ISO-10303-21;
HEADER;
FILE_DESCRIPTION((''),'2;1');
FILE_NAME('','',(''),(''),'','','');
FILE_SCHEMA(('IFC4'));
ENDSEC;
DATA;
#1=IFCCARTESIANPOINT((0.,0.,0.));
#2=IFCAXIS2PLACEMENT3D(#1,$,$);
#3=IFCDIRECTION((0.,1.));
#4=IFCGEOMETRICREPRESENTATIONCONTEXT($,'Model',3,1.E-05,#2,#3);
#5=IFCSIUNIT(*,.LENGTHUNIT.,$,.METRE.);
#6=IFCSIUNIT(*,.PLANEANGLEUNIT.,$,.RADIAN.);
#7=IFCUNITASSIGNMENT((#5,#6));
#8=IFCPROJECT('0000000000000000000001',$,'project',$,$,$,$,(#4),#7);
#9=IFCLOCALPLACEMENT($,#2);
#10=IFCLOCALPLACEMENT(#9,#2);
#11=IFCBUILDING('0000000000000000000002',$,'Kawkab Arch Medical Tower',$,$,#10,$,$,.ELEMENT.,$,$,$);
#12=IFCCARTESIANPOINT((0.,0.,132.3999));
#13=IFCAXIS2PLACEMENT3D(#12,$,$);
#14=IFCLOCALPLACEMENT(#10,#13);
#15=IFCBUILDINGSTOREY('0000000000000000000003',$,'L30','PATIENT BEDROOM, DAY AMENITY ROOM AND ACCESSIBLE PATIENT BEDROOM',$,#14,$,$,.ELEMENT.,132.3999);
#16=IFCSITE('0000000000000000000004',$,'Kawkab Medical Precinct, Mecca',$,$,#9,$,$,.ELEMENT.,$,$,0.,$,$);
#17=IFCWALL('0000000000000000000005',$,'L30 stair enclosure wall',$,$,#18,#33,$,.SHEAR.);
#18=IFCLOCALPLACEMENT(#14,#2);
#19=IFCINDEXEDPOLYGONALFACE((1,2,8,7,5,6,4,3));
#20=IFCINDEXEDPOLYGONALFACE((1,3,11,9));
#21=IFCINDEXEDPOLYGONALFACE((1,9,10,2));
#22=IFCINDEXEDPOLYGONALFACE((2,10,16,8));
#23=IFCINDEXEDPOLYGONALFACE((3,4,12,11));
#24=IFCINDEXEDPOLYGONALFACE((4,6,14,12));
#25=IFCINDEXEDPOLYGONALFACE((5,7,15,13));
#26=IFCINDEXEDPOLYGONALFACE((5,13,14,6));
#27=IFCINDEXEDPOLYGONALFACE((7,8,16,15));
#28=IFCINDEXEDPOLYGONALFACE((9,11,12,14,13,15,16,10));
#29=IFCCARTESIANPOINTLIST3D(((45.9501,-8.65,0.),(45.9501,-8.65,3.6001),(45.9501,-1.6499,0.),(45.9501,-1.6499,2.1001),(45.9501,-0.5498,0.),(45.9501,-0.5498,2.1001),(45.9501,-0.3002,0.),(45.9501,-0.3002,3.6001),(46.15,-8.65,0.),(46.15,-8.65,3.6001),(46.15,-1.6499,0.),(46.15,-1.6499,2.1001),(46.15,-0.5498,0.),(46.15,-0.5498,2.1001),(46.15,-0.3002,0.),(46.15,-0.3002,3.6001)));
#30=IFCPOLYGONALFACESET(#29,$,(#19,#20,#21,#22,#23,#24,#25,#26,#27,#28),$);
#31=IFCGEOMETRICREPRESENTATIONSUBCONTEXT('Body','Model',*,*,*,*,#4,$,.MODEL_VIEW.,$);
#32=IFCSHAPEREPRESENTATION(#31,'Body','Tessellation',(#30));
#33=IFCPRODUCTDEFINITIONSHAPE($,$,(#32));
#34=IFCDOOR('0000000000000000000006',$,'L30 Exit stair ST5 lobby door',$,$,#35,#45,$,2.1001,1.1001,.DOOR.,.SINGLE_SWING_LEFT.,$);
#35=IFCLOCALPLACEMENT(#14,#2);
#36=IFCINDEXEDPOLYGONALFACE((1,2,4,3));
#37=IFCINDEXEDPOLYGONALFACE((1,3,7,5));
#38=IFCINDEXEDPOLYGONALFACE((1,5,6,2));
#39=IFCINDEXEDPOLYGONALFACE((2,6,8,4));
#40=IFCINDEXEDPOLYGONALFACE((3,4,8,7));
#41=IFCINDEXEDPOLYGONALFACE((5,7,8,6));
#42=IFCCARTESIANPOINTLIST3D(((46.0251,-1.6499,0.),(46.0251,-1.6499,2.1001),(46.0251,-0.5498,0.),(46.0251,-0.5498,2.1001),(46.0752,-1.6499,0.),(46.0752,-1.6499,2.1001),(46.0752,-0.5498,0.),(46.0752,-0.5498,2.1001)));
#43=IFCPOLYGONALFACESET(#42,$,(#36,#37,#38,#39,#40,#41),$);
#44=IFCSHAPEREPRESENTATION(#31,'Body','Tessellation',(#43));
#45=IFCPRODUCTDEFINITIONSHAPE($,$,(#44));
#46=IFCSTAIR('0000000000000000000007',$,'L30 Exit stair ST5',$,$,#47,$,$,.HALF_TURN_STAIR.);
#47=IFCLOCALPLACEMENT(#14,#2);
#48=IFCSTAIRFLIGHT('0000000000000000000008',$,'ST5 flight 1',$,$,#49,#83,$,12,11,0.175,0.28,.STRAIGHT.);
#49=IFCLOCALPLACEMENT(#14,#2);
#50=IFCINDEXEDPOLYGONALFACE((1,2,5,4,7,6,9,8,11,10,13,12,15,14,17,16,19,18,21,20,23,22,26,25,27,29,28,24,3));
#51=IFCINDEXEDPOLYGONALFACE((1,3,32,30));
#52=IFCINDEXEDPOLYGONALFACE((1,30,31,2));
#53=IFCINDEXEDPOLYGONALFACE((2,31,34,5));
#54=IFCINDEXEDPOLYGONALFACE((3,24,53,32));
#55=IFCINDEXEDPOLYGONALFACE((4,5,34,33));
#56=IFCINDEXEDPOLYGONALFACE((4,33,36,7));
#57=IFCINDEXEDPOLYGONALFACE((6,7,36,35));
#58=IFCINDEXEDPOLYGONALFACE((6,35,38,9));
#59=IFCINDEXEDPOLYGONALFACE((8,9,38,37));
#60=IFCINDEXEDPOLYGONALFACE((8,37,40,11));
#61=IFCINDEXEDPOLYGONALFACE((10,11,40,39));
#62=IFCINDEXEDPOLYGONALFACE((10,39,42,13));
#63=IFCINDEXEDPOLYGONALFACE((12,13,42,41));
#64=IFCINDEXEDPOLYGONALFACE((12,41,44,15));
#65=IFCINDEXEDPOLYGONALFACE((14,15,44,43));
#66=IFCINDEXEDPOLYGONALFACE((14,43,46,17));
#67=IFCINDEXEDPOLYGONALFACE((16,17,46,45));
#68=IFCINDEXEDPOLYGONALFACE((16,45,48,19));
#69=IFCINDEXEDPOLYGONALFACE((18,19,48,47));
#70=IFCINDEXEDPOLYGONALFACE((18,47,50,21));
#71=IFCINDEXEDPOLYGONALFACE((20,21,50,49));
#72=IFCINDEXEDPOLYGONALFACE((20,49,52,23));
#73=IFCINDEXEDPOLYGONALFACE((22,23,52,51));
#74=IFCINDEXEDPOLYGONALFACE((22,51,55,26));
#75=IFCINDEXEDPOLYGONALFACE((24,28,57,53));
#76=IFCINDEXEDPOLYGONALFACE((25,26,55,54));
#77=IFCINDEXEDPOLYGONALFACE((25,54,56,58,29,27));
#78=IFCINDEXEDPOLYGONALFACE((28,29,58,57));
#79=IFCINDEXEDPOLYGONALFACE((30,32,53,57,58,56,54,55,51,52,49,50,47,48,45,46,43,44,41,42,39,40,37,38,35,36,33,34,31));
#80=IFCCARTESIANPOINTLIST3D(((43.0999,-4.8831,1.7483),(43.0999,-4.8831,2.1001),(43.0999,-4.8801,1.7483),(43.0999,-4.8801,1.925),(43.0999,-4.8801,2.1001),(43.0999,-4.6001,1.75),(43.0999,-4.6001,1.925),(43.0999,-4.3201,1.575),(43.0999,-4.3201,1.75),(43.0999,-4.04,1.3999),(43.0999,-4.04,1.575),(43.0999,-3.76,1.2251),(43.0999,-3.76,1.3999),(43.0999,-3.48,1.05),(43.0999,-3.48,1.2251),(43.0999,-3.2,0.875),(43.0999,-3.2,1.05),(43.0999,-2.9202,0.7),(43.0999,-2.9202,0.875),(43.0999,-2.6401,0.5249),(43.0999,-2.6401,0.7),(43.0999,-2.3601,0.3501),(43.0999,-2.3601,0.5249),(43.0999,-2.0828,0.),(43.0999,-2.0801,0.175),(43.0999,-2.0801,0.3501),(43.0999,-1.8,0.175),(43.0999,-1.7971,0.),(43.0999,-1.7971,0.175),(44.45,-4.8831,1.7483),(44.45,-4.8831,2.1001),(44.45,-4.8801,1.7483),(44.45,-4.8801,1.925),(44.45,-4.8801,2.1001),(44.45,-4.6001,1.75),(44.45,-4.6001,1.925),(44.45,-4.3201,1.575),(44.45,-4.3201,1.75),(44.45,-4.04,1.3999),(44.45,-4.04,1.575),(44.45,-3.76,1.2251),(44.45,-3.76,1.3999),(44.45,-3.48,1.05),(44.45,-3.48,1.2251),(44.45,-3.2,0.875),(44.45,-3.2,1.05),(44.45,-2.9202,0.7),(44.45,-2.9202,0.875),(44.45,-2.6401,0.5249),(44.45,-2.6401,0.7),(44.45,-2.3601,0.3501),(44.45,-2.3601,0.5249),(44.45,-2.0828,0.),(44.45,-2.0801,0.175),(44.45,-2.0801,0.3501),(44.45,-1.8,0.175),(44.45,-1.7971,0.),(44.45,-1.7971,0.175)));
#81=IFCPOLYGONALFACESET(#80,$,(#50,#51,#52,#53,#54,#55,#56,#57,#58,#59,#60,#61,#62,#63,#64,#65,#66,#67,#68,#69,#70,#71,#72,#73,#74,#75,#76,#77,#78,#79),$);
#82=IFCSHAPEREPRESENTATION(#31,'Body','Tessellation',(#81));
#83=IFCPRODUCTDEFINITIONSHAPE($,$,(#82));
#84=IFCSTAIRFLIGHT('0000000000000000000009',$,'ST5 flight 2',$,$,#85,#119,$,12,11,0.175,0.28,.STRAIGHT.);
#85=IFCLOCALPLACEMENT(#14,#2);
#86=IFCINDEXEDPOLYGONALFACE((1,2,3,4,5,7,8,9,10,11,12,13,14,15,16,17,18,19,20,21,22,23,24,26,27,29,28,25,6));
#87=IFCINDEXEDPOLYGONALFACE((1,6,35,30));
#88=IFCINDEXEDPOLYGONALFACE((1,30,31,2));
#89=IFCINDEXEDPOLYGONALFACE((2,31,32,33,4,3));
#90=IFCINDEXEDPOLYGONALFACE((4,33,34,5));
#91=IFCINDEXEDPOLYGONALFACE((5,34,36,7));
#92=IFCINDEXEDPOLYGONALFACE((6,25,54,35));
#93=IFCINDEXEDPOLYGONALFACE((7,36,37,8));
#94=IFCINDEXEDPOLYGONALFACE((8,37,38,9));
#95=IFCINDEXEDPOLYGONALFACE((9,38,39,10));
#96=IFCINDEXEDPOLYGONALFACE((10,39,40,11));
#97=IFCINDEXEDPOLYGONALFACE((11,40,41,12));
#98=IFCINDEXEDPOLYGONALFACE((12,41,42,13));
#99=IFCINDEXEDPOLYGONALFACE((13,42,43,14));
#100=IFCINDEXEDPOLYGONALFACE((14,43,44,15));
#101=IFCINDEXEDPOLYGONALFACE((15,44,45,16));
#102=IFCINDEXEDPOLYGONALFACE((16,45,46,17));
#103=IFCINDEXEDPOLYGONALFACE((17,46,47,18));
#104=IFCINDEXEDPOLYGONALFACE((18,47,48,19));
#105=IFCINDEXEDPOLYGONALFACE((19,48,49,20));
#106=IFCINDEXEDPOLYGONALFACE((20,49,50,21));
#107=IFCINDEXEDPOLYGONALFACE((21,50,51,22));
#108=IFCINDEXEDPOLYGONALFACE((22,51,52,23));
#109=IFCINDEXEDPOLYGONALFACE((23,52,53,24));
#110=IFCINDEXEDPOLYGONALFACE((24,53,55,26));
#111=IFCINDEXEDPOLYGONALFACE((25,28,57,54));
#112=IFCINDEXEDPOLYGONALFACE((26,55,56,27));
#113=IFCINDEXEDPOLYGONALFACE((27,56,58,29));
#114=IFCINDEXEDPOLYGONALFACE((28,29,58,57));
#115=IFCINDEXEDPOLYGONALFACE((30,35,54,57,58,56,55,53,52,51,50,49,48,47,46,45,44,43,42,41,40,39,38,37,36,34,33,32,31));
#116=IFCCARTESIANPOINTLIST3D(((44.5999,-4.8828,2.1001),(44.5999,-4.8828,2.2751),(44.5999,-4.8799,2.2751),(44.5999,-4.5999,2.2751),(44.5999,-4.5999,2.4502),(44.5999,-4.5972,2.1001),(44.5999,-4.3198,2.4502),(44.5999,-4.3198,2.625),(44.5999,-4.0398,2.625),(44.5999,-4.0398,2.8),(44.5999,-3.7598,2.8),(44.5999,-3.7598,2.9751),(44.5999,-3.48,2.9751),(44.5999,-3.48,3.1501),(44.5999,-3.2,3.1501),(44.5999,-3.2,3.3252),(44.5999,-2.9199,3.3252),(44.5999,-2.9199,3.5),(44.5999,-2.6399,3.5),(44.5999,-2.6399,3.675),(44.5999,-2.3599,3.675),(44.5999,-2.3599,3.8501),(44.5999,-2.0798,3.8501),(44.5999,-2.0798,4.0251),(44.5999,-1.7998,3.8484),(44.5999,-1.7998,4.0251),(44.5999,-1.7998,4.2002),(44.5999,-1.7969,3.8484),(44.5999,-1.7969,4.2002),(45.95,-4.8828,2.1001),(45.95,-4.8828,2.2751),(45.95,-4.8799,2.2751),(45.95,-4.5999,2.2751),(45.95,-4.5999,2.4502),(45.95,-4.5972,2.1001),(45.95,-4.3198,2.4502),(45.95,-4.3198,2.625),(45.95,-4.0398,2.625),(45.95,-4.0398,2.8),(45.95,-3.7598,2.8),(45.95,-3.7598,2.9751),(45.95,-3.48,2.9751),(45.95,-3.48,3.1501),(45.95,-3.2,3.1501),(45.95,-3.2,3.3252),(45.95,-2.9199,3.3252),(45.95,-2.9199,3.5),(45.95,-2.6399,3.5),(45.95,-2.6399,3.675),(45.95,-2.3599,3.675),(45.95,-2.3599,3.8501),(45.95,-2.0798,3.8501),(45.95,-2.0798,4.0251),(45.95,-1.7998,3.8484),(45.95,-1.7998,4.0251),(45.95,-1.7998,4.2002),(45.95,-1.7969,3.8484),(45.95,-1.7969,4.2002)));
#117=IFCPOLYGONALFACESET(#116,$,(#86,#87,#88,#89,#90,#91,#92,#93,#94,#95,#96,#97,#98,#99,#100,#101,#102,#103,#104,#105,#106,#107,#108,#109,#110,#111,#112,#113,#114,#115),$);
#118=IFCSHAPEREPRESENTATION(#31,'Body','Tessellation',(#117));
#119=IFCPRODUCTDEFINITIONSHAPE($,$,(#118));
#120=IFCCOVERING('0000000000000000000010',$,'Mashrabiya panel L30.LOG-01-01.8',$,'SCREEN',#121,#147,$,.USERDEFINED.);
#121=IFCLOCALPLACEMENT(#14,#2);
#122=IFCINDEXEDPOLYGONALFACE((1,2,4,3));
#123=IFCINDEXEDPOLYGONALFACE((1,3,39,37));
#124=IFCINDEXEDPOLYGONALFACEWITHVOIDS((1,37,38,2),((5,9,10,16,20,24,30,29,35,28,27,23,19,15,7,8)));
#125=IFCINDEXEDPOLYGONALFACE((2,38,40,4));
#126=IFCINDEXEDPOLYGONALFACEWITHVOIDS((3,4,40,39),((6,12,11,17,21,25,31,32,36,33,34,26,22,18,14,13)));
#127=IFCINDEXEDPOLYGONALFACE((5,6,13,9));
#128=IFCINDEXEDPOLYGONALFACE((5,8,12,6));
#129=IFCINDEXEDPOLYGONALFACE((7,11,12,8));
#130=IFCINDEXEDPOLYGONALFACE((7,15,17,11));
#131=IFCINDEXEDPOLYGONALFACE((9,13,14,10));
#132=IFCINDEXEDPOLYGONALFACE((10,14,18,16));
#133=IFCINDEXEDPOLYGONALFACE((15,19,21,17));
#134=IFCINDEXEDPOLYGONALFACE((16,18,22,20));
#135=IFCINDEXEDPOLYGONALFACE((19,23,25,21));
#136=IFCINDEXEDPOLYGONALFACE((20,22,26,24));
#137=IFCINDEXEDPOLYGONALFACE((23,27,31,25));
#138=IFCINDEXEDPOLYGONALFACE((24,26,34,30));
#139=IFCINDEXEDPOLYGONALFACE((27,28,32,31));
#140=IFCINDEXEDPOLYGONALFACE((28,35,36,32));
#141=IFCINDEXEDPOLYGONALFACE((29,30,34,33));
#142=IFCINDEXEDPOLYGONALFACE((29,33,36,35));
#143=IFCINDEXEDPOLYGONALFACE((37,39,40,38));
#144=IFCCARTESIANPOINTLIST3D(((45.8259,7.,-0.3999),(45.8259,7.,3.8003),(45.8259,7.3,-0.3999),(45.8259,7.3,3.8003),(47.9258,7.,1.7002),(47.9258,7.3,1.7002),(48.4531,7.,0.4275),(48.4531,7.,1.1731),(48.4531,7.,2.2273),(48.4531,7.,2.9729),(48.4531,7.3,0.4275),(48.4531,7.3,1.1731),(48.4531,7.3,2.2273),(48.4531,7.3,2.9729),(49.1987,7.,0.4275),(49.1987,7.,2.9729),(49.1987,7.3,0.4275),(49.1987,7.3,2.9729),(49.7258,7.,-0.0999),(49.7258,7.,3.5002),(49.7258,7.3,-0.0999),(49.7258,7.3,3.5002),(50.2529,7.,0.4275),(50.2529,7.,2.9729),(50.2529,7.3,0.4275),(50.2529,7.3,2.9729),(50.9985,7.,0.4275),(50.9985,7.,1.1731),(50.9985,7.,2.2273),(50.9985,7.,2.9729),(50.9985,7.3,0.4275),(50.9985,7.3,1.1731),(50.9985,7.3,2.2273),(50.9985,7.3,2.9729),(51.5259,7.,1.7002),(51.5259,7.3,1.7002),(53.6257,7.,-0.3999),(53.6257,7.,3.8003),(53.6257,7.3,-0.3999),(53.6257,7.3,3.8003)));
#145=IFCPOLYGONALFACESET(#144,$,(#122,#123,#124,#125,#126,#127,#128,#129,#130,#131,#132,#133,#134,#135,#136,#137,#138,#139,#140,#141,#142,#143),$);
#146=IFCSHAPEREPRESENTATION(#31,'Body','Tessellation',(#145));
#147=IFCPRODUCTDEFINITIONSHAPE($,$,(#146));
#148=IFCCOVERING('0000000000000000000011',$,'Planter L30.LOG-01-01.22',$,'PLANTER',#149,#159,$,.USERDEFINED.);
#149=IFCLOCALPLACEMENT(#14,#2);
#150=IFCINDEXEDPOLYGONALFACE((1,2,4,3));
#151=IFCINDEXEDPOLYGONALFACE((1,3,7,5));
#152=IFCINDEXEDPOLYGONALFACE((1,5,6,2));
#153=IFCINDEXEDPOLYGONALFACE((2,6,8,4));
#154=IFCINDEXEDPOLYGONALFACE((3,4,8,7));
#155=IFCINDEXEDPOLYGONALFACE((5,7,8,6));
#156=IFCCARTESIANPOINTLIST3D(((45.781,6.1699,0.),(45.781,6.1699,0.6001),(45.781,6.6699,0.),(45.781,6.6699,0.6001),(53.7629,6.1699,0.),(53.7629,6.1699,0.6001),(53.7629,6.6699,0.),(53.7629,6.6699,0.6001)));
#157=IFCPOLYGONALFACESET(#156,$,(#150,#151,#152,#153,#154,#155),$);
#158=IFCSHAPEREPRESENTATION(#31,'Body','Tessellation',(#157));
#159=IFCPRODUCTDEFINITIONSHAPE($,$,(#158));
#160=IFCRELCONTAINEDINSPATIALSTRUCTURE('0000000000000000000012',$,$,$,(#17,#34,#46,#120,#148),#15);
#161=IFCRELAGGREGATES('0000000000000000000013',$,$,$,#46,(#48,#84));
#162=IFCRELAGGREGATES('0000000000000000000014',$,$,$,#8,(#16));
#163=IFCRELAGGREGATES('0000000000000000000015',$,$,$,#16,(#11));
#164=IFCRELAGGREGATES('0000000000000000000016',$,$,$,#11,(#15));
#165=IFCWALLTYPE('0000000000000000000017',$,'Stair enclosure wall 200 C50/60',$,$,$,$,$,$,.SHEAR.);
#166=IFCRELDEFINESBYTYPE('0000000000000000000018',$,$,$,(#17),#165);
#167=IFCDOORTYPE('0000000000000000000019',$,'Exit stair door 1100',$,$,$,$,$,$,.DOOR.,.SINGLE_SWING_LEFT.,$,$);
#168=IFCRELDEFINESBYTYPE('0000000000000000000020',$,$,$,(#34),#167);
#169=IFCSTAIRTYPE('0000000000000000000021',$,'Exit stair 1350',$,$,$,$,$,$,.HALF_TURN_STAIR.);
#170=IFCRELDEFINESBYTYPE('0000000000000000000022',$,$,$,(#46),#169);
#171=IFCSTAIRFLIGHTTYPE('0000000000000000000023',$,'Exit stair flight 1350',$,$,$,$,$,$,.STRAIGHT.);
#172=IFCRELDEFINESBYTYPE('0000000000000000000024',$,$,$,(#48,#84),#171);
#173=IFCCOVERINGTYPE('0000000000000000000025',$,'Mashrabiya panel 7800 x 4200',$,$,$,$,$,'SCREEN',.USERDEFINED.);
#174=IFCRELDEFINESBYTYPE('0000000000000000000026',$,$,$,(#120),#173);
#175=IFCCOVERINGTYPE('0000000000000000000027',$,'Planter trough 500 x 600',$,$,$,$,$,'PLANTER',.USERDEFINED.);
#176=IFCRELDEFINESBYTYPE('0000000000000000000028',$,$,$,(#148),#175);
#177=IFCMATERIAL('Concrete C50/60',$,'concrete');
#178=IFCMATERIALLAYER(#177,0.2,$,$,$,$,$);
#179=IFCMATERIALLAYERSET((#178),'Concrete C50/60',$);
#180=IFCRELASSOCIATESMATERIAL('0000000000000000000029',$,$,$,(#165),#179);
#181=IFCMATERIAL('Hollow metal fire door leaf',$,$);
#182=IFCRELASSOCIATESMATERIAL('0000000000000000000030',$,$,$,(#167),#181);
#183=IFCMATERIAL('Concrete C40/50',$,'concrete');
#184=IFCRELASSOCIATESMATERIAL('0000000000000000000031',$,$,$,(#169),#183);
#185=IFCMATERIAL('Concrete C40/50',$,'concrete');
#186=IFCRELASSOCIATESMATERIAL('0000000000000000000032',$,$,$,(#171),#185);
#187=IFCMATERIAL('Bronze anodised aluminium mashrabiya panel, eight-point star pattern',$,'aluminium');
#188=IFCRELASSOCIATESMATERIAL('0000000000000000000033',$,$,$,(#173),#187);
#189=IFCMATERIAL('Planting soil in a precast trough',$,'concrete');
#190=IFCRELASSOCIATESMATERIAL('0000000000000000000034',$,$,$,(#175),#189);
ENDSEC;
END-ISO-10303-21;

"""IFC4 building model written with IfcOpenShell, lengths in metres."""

from ifc_helpers import new_model, si_unit, direction, frame, frame_2d, origin, origin_2d, place, context, subcontext, project, spatial, polyline, rectangle, outline, extrude, material, layer, layer_set, material_profile, profile_set, type_object, element, fill, aggregate, save


model = new_model("IFC4")

# Units and contexts
model_context = context("Model", 3, precision=1e-05, world=origin(), true_north=direction((0.0, 1.0)))
body_context = subcontext(model_context, "Body", "Model", "MODEL_VIEW")
ifc_project = project(units=[si_unit("LENGTHUNIT", "METRE"), si_unit("PLANEANGLEUNIT", "RADIAN")], contexts=[model_context])

# Site, building, storey
site_placement = place(None, origin())
site = spatial("IfcSite", under=ifc_project, at=site_placement, Name="Kawkab Medical Precinct, Mecca", CompositionType="ELEMENT", RefElevation=0.0)
building_placement = place(site_placement, origin())
building = spatial("IfcBuilding", under=site, at=building_placement, Name="Kawkab Arch Medical Tower", CompositionType="ELEMENT")
storey_placement = place(building_placement, frame((0.0, 0.0, 132.3999)))
storey = spatial("IfcBuildingStorey", under=building, at=storey_placement, Name="L30", Description="PATIENT BEDROOM, DAY AMENITY ROOM AND ACCESSIBLE PATIENT BEDROOM", CompositionType="ELEMENT", Elevation=132.3999)

# Shared definitions
placement = place(storey_placement, origin())

# Wall, opening, door
ifc_material_1 = material(Name="Concrete C50/60", Category="concrete")
ifc_layer_1 = layer(ifc_material_1, 0.2)
ifc_layer_set_1 = layer_set([ifc_layer_1], Name="Concrete C50/60")
wall_type_1 = type_object("IfcWallType", Name="Stair enclosure wall 200 C50/60", PredefinedType="SHEAR", material=ifc_layer_set_1)
ifc_material_2 = material(Name="Hollow metal fire door leaf")
door_type_1 = type_object("IfcDoorType", Name="Exit stair door 1100", OperationType="SINGLE_SWING_LEFT", PredefinedType="DOOR", material=ifc_material_2)
wall_1_placement = place(storey_placement, frame((46.05, -8.6499, 0.0), z_axis=(0.0, 0.0, 1.0), x_axis=(0.0, 1.0, 0.0)))
wall_1 = element("IfcWall", 1, at=wall_1_placement, inside=storey, type_object=wall_type_1, Name="L30 stair enclosure wall", PredefinedType="SHEAR", context=body_context, shape_type="SweptSolid", body=[
    extrude(rectangle(XDim=8.3499, YDim=0.2, at=frame_2d((4.1748, 0.0))), origin(), (0.0, 0.0, 1.0), 3.6001),
])
opening_1_placement = place(wall_1_placement, frame((7.0, 0.0, 0.0)))
opening_1 = element("IfcOpeningElement", 2, at=opening_1_placement, cuts=wall_1, PredefinedType="OPENING", context=body_context, shape_type="SweptSolid", body=[
    extrude(rectangle(XDim=1.1001, YDim=2.1001, at=frame_2d((0.55, 1.05))), frame((0.0, 0.1099, 0.0), z_axis=(0.0, -1.0, 0.0), x_axis=(1.0, 0.0, 0.0)), (0.0, 0.0, 1.0), 0.22),
])
door_1_placement = place(opening_1_placement, origin())
door_1 = element("IfcDoor", 3, at=door_1_placement, inside=storey, type_object=door_type_1, Name="L30 Exit stair ST5 lobby door", OperationType="SINGLE_SWING_LEFT", OverallHeight=2.1001, OverallWidth=1.1001, PredefinedType="DOOR", context=body_context, shape_type="SweptSolid", body=[
    extrude(rectangle(XDim=1.1001, YDim=2.1001, at=frame_2d((0.55, 1.05))), frame((0.0, 0.0249, 0.0), z_axis=(0.0, -1.0, 0.0), x_axis=(1.0, 0.0, 0.0)), (0.0, 0.0, 1.0), 0.05),
])
fill(opening_1, door_1)

# Stair, stair flights
ifc_material_3 = material(Name="Concrete C40/50", Category="concrete")
stair_type = type_object("IfcStairType", Name="Exit stair 1350", PredefinedType="HALF_TURN_STAIR", material=ifc_material_3)
stair = element("IfcStair", 4, at=placement, inside=storey, type_object=stair_type, Name="L30 Exit stair ST5", PredefinedType="HALF_TURN_STAIR")
ifc_material_4 = material(Name="Concrete C40/50", Category="concrete")
stair_flight_type = type_object("IfcStairFlightType", Name="Exit stair flight 1350", PredefinedType="STRAIGHT", material=ifc_material_4)
stair_flight_1_placement = place(storey_placement, frame((43.7749, -1.8, 0.0), z_axis=(0.0, 0.0, 1.0), x_axis=(0.0, -1.0, 0.0)))
stair_flight_1 = element("IfcStairFlight", 5, at=stair_flight_1_placement, type_object=stair_flight_type, Name="ST5 flight 1", NumberOfRisers=12, NumberOfTreads=11, PredefinedType="STRAIGHT", RiserHeight=0.175, TreadLength=0.28, context=body_context, shape_type="SweptSolid", body=[
    extrude(outline(polyline([(-0.0029, 0.0), (-0.0029, 0.175), (0.0, 0.175), (0.28, 0.175), (0.28, 0.3501), (0.5601, 0.3501), (0.5601, 0.5249), (0.8401, 0.5249), (0.8401, 0.7), (1.1201, 0.7), (1.1201, 0.875), (1.3999, 0.875), (1.3999, 1.05), (1.6799, 1.05), (1.6799, 1.2251), (1.96, 1.2251), (1.96, 1.3999), (2.24, 1.3999), (2.24, 1.575), (2.52, 1.575), (2.52, 1.75), (2.8, 1.75), (2.8, 1.925), (3.0801, 1.925), (3.0801, 2.1001), (3.083, 2.1001), (3.083, 1.7483), (3.0801, 1.7483), (0.2827, 0.0), (-0.0029, 0.0)])), frame((0.0, 0.675, 0.0), z_axis=(0.0, -1.0, 0.0), x_axis=(1.0, 0.0, 0.0)), (0.0, 0.0, 1.0), 1.3501),
])
stair_flight_2_placement = place(storey_placement, frame((45.2749, -4.8799, 2.1001), z_axis=(0.0, 0.0, 1.0), x_axis=(0.0, 1.0, 0.0)))
stair_flight_2 = element("IfcStairFlight", 6, at=stair_flight_2_placement, type_object=stair_flight_type, Name="ST5 flight 2", NumberOfRisers=12, NumberOfTreads=11, PredefinedType="STRAIGHT", RiserHeight=0.175, TreadLength=0.28, context=body_context, shape_type="SweptSolid", body=[
    extrude(outline(polyline([(-0.0029, 0.0), (-0.0029, 0.175), (0.0, 0.175), (0.28, 0.175), (0.28, 0.3501), (0.5601, 0.3501), (0.5601, 0.5249), (0.8401, 0.5249), (0.8401, 0.7), (1.1201, 0.7), (1.1201, 0.875), (1.3999, 0.875), (1.3999, 1.05), (1.6799, 1.05), (1.6799, 1.2251), (1.96, 1.2251), (1.96, 1.3999), (2.24, 1.3999), (2.24, 1.575), (2.52, 1.575), (2.52, 1.75), (2.8, 1.75), (2.8, 1.925), (3.0801, 1.925), (3.0801, 2.1001), (3.083, 2.1001), (3.083, 1.7483), (3.0801, 1.7483), (0.2827, 0.0), (-0.0029, 0.0)])), frame((0.0, 0.675, 0.0), z_axis=(0.0, -1.0, 0.0), x_axis=(1.0, 0.0, 0.0)), (0.0, 0.0, 1.0), 1.3501),
])
aggregate(stair, [stair_flight_1, stair_flight_2])

# Coverings
ifc_material_5 = material(Name="Bronze anodised aluminium mashrabiya panel, eight-point star pattern", Category="aluminium")
ifc_material_profile_1 = material_profile(ifc_material_5, outline(polyline([(-3.8999, -2.1001), (3.8999, -2.1001), (3.8999, 2.1001), (-3.8999, 2.1001), (-3.8999, -2.1001)]), holes=[polyline([(1.8, 0.0), (1.2727, 0.5271), (1.2727, 1.2727), (0.5271, 1.2727), (0.0, 1.8), (-0.5271, 1.2727), (-1.2727, 1.2727), (-1.2727, 0.5271), (-1.8, 0.0), (-1.2727, -0.5271), (-1.2727, -1.2727), (-0.5271, -1.2727), (0.0, -1.8), (0.5271, -1.2727), (1.2727, -1.2727), (1.2727, -0.5271), (1.8, 0.0)])]), Name="Mashrabiya panel 7800x4200")
ifc_profile_set_1 = profile_set([ifc_material_profile_1], Name="Bronze anodised aluminium mashrabiya panel, eight-point star pattern")
covering_type_1 = type_object("IfcCoveringType", Name="Mashrabiya panel 7800 x 4200", ElementType="SCREEN", PredefinedType="USERDEFINED", material=ifc_profile_set_1)
covering_1_placement = place(storey_placement, frame((49.7258, 7.0, 1.7002), z_axis=(0.0, 1.0, 0.0), x_axis=(-1.0, 0.0, 0.0)))
element("IfcCovering", 7, at=covering_1_placement, inside=storey, type_object=covering_type_1, Name="Mashrabiya panel L30.LOG-01-01.8", ObjectType="SCREEN", PredefinedType="USERDEFINED", context=body_context, shape_type="SweptSolid", body=[
    extrude(outline(polyline([(-3.8999, -2.1001), (3.8999, -2.1001), (3.8999, 2.1001), (-3.8999, 2.1001), (-3.8999, -2.1001)]), holes=[polyline([(1.8, 0.0), (1.2727, 0.5271), (1.2727, 1.2727), (0.5271, 1.2727), (0.0, 1.8), (-0.5271, 1.2727), (-1.2727, 1.2727), (-1.2727, 0.5271), (-1.8, 0.0), (-1.2727, -0.5271), (-1.2727, -1.2727), (-0.5271, -1.2727), (0.0, -1.8), (0.5271, -1.2727), (1.2727, -1.2727), (1.2727, -0.5271), (1.8, 0.0)])]), origin(), (0.0, 0.0, 1.0), 0.3),
])
ifc_material_6 = material(Name="Planting soil in a precast trough", Category="concrete")
ifc_material_profile_2 = material_profile(ifc_material_6, rectangle(XDim=0.5, YDim=0.6001, at=origin_2d()), Name="Trough 500x600")
ifc_profile_set_2 = profile_set([ifc_material_profile_2], Name="Planting soil in a precast trough")
covering_type_2 = type_object("IfcCoveringType", Name="Planter trough 500 x 600", ElementType="PLANTER", PredefinedType="USERDEFINED", material=ifc_profile_set_2)
covering_2_placement = place(storey_placement, frame((45.781, 6.4199, 0.3), z_axis=(1.0, 0.0, 0.0), x_axis=(0.0, 1.0, 0.0)))
element("IfcCovering", 8, at=covering_2_placement, inside=storey, type_object=covering_type_2, Name="Planter L30.LOG-01-01.22", ObjectType="PLANTER", PredefinedType="USERDEFINED", context=body_context, shape_type="SweptSolid", body=[
    extrude(rectangle(XDim=0.5, YDim=0.6001, at=origin_2d()), origin(), (0.0, 0.0, 1.0), 7.9819),
])

save(model, "model.ifc")
